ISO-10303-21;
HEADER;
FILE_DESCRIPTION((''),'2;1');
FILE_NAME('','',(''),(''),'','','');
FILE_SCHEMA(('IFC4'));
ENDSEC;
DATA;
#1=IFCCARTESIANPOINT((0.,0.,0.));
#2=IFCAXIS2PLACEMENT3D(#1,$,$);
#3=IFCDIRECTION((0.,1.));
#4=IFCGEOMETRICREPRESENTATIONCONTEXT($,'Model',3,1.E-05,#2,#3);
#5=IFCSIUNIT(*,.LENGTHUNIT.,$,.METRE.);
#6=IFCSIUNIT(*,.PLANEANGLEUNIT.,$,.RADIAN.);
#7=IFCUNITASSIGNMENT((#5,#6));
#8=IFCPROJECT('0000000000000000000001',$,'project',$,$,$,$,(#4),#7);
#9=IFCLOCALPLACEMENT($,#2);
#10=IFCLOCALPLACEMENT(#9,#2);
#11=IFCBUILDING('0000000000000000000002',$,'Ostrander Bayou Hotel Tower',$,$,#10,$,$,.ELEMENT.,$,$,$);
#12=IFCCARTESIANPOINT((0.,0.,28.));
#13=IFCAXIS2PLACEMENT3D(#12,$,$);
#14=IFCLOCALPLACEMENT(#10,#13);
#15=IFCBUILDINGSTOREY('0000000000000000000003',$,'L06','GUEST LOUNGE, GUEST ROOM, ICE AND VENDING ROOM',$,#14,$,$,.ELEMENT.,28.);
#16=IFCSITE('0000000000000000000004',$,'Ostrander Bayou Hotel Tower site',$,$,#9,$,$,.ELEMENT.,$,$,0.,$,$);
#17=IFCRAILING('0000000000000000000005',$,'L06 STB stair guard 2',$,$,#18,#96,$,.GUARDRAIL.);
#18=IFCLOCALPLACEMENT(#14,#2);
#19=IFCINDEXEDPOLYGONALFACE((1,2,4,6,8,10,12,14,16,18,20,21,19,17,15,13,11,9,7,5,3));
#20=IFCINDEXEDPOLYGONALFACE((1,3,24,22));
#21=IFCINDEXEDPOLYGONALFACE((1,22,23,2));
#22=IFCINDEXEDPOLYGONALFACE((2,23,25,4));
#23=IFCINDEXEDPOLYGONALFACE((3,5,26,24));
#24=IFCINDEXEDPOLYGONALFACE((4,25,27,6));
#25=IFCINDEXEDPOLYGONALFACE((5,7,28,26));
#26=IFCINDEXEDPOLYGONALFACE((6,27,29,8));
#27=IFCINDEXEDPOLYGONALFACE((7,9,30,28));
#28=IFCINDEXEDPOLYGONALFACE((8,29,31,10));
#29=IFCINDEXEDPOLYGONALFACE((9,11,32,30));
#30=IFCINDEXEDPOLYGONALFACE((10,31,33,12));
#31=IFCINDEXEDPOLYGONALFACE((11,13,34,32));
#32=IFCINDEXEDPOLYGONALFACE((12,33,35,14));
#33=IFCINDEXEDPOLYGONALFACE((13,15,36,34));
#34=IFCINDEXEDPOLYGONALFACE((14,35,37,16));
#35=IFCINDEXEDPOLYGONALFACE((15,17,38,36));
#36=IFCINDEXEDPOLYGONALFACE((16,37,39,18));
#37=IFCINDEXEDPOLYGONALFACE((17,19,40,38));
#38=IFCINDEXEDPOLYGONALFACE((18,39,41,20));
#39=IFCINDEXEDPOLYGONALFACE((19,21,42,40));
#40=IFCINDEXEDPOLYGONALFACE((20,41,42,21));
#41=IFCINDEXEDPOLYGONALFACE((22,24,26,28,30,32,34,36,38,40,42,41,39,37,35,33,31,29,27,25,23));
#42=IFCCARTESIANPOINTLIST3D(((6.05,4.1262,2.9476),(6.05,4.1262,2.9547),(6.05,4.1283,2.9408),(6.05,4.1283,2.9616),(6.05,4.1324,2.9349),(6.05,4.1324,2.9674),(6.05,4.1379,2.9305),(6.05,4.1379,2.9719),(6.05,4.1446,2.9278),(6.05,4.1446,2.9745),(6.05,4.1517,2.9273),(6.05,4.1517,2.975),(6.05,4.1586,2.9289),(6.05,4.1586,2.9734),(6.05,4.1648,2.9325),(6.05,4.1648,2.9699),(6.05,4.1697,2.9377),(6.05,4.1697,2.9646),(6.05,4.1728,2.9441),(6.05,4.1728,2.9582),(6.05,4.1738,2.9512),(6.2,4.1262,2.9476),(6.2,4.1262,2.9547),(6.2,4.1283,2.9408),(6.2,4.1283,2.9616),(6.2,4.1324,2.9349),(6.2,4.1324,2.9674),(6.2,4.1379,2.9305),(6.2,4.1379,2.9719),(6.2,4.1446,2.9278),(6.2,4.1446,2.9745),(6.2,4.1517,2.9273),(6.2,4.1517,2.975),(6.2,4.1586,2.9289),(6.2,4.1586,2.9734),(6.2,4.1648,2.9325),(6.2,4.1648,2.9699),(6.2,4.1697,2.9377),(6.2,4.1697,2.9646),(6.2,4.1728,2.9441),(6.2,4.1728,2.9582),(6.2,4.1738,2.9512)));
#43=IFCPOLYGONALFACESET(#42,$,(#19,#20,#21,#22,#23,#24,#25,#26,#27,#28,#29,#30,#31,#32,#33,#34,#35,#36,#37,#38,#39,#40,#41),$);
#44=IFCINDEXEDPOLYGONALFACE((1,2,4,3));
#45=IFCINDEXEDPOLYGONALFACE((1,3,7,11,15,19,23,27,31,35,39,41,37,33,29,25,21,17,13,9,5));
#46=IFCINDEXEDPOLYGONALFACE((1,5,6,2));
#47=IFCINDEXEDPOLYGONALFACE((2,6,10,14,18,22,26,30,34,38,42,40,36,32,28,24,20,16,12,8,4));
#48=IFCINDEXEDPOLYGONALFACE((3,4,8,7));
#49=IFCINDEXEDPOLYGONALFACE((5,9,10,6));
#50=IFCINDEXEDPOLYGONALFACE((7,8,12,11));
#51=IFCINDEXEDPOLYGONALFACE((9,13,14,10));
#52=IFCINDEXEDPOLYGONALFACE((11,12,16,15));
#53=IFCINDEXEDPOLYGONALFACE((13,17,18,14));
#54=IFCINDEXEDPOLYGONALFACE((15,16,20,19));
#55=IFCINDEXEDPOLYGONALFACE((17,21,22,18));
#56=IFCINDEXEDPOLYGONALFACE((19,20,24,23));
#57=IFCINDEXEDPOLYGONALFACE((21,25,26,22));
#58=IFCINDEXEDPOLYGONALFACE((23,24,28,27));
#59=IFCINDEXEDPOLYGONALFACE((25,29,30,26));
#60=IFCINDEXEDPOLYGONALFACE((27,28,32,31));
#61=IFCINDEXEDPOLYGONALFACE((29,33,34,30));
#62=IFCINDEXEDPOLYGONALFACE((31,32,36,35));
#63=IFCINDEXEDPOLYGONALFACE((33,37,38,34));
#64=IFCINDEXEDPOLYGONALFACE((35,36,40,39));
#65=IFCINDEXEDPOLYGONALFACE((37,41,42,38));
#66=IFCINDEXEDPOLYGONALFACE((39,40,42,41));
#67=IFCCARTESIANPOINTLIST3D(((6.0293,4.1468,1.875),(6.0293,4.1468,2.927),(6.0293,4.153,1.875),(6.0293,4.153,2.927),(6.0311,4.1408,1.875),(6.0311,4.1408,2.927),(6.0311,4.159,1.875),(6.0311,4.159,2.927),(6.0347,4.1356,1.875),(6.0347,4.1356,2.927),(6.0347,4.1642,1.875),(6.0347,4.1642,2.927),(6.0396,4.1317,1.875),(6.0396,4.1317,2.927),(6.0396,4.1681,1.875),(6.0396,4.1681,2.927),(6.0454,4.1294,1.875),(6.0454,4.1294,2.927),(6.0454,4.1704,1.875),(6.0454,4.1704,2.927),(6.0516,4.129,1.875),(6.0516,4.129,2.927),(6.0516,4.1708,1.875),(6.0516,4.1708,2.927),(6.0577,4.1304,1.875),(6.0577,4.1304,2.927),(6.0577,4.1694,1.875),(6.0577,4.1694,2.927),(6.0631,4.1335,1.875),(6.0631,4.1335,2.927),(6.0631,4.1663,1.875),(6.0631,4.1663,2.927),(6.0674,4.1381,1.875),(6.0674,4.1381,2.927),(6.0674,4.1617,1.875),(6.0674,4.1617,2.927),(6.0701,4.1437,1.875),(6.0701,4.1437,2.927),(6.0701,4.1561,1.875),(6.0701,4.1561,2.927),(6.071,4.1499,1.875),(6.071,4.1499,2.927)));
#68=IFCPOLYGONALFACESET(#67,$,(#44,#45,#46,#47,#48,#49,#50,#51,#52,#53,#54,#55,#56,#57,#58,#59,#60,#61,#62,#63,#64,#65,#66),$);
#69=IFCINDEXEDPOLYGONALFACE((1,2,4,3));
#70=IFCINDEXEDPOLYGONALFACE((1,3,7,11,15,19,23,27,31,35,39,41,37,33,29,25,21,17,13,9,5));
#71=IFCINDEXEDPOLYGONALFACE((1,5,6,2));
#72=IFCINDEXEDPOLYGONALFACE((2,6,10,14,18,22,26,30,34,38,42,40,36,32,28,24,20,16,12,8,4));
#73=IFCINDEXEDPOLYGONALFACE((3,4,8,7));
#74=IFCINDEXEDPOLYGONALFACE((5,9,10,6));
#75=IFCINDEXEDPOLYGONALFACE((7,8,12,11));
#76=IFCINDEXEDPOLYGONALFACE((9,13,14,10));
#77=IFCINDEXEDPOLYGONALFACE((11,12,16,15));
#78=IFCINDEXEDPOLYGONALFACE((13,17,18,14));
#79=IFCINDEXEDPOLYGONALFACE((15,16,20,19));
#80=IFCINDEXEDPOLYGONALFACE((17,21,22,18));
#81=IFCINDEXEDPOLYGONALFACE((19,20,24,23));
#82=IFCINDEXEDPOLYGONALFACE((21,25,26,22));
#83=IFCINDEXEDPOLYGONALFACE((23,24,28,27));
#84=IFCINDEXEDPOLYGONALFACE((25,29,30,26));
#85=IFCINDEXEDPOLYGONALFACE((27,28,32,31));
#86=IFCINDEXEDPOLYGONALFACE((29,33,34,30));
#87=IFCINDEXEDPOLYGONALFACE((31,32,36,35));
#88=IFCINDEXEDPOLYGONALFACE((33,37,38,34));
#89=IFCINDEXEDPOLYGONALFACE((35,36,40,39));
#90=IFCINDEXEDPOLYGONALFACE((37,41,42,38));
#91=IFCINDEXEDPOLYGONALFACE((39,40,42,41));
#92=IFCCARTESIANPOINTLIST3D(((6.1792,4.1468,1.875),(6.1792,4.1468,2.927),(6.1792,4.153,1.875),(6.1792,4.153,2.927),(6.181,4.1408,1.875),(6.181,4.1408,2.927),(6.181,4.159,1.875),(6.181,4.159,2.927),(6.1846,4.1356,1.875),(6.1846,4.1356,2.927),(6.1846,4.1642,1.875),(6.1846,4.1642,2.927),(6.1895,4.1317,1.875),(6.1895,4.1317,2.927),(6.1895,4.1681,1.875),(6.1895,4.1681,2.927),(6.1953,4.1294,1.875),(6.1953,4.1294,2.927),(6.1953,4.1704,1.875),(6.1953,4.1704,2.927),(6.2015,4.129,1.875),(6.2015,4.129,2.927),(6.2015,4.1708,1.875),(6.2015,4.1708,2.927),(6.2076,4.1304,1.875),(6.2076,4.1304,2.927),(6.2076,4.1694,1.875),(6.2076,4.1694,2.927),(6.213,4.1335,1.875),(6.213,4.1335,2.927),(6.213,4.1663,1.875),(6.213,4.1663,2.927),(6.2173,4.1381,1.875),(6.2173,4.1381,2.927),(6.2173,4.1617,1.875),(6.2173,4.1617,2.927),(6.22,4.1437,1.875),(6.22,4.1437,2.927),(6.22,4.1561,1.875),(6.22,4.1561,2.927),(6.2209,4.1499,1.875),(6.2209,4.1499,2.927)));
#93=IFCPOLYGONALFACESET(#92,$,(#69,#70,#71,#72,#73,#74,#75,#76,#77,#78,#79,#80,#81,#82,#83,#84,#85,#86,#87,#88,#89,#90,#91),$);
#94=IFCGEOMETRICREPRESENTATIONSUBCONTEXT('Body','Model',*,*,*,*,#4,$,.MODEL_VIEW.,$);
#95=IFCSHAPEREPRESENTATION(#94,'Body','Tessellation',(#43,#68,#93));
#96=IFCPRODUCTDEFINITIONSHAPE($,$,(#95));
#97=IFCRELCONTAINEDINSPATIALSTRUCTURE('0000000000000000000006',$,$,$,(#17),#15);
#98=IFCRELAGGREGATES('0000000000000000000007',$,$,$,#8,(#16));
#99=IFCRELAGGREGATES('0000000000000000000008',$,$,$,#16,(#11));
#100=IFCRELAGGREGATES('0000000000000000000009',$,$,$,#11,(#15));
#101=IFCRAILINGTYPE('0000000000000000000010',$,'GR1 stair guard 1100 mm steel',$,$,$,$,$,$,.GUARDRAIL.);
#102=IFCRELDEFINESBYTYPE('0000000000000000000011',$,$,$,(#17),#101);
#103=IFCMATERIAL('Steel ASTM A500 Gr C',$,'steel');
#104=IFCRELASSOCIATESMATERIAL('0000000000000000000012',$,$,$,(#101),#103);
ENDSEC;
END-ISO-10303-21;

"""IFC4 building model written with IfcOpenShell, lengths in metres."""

from ifc_helpers import new_model, si_unit, direction, frame, origin, origin_2d, place, context, subcontext, project, spatial, circle, extrude, material, type_object, element, save


model = new_model("IFC4")

# Units and contexts
model_context = context("Model", 3, precision=1e-05, world=origin(), true_north=direction((0.0, 1.0)))
body_context = subcontext(model_context, "Body", "Model", "MODEL_VIEW")
ifc_project = project(units=[si_unit("LENGTHUNIT", "METRE"), si_unit("PLANEANGLEUNIT", "RADIAN")], contexts=[model_context])

# Site, building, storey
site_placement = place(None, origin())
site = spatial("IfcSite", under=ifc_project, at=site_placement, Name="Ostrander Bayou Hotel Tower site", CompositionType="ELEMENT", RefElevation=0.0)
building_placement = place(site_placement, origin())
building = spatial("IfcBuilding", under=site, at=building_placement, Name="Ostrander Bayou Hotel Tower", CompositionType="ELEMENT")
storey_placement = place(building_placement, frame((0.0, 0.0, 28.0)))
storey = spatial("IfcBuildingStorey", under=building, at=storey_placement, Name="L06", Description="GUEST LOUNGE, GUEST ROOM, ICE AND VENDING ROOM", CompositionType="ELEMENT", Elevation=28.0)

# Railing
ifc_material_1 = material(Name="Steel ASTM A500 Gr C", Category="steel")
railing_type_1 = type_object("IfcRailingType", Name="GR1 stair guard 1100 mm steel", PredefinedType="GUARDRAIL", material=ifc_material_1)
railing_1_placement = place(storey_placement, frame((6.05, 4.1499, 1.875)))
element("IfcRailing", 1, at=railing_1_placement, inside=storey, type_object=railing_type_1, Name="L06 STB stair guard 2", PredefinedType="GUARDRAIL", context=body_context, shape_type="SweptSolid", body=[
    extrude(circle(Radius=0.0239, at=origin_2d()), frame((0.0, 0.0, 1.0762), z_axis=(1.0, 0.0, 0.0), x_axis=(0.0, 1.0, 0.0)), (0.0, 0.0, 1.0), 0.1499),
    extrude(circle(Radius=0.021, at=origin_2d()), origin(), (0.0, 0.0, 1.0), 1.052),
    extrude(circle(Radius=0.021, at=origin_2d()), frame((0.1499, 0.0, 0.0)), (0.0, 0.0, 1.0), 1.052),
])

save(model, "model.ifc")
